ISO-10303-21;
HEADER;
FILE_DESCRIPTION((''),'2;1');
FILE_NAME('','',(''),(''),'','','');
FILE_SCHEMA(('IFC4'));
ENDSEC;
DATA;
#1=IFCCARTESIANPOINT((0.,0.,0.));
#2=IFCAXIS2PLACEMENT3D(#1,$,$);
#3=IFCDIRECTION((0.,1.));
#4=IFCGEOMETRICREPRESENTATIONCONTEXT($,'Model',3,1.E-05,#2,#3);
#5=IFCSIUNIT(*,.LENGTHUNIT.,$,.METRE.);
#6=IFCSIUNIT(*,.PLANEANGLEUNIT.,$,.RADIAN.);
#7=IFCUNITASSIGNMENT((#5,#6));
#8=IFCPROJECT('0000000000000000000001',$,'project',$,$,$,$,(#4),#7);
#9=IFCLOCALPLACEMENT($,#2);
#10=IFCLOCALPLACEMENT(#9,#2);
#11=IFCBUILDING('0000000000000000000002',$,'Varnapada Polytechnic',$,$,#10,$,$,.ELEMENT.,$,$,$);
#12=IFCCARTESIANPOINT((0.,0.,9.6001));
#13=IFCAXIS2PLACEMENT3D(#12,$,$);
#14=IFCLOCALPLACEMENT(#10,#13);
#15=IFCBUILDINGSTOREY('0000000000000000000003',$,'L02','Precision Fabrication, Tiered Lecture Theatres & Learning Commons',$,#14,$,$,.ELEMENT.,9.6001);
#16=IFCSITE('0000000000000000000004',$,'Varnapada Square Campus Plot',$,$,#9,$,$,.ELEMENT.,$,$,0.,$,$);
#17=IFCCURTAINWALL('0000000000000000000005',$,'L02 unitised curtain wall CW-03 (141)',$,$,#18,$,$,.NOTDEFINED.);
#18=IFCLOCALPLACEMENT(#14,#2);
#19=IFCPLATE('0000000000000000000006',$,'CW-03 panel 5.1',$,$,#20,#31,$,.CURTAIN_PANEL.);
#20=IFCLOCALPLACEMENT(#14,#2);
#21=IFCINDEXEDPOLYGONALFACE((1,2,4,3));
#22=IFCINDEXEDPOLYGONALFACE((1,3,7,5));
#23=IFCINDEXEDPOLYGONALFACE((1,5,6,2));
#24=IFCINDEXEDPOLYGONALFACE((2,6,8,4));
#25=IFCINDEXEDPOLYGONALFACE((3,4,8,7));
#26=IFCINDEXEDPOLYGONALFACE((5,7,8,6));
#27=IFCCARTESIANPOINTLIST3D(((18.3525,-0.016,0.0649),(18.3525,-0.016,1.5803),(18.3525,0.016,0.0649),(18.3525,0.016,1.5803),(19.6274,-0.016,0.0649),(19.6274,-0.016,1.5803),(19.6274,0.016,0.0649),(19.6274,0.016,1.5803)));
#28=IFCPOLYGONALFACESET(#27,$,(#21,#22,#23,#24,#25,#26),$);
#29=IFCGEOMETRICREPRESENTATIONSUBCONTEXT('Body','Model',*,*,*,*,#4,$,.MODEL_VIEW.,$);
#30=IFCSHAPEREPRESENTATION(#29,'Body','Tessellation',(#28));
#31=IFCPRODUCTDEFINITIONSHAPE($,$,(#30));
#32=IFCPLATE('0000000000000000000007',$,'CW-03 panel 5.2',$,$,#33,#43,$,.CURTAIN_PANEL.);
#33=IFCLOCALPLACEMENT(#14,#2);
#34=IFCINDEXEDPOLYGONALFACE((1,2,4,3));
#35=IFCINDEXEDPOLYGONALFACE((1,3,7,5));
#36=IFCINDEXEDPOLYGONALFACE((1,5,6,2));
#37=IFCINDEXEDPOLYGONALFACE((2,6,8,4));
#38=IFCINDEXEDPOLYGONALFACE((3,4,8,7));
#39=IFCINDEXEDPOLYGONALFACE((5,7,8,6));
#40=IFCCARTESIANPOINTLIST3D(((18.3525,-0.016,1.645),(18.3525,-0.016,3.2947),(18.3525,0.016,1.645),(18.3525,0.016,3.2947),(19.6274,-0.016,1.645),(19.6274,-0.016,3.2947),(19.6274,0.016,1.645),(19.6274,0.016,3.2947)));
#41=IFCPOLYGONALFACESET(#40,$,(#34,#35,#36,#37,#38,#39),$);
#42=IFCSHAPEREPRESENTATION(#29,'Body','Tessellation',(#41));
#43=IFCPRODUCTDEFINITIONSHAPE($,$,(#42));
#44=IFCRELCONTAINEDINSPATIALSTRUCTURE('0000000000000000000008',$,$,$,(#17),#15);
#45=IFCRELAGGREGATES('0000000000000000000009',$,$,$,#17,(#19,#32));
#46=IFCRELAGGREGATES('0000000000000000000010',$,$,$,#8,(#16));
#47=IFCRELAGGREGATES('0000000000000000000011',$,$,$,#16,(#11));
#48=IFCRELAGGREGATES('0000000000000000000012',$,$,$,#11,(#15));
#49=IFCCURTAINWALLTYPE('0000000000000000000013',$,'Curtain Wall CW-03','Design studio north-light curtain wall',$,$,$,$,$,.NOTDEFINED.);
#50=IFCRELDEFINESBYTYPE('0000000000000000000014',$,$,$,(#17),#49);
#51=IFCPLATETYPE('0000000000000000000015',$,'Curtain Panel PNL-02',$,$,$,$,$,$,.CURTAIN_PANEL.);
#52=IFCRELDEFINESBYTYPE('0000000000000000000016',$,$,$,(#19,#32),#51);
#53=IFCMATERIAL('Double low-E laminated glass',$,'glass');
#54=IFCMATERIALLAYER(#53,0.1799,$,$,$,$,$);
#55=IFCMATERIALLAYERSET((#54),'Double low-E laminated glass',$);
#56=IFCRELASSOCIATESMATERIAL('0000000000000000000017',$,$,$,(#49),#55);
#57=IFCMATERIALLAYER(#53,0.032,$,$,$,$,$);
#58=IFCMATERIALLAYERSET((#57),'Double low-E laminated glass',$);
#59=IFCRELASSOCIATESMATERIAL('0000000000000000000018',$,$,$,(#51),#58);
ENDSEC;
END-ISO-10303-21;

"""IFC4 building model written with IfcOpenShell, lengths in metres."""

from ifc_helpers import new_model, si_unit, direction, frame, origin, origin_2d, place, context, subcontext, project, spatial, rectangle, extrude, material, layer, layer_set, type_object, element, aggregate, save


model = new_model("IFC4")

# Units and contexts
model_context = context("Model", 3, precision=1e-05, world=origin(), true_north=direction((0.0, 1.0)))
body_context = subcontext(model_context, "Body", "Model", "MODEL_VIEW")
ifc_project = project(units=[si_unit("LENGTHUNIT", "METRE"), si_unit("PLANEANGLEUNIT", "RADIAN")], contexts=[model_context])

# Site, building, storey
site_placement = place(None, origin())
site = spatial("IfcSite", under=ifc_project, at=site_placement, Name="Varnapada Square Campus Plot", CompositionType="ELEMENT", RefElevation=0.0)
building_placement = place(site_placement, origin())
building = spatial("IfcBuilding", under=site, at=building_placement, Name="Varnapada Polytechnic", CompositionType="ELEMENT")
storey_placement = place(building_placement, frame((0.0, 0.0, 9.6001)))
storey = spatial("IfcBuildingStorey", under=building, at=storey_placement, Name="L02", Description="Precision Fabrication, Tiered Lecture Theatres & Learning Commons", CompositionType="ELEMENT", Elevation=9.6001)

# Curtain wall, plates
ifc_material_1 = material(Name="Double low-E laminated glass", Category="glass")
ifc_layer_1 = layer(ifc_material_1, 0.1799)
ifc_layer_set_1 = layer_set([ifc_layer_1], Name="Double low-E laminated glass")
curtain_wall_type = type_object("IfcCurtainWallType", Name="Curtain Wall CW-03", Description="Design studio north-light curtain wall", PredefinedType="NOTDEFINED", material=ifc_layer_set_1)
curtain_wall_placement = place(storey_placement, origin())
curtain_wall = element("IfcCurtainWall", 1, at=curtain_wall_placement, inside=storey, type_object=curtain_wall_type, Name="L02 unitised curtain wall CW-03 (141)", PredefinedType="NOTDEFINED")
ifc_layer_2 = layer(ifc_material_1, 0.032)
ifc_layer_set_2 = layer_set([ifc_layer_2], Name="Double low-E laminated glass")
plate_type = type_object("IfcPlateType", Name="Curtain Panel PNL-02", PredefinedType="CURTAIN_PANEL", material=ifc_layer_set_2)
plate_1_placement = place(storey_placement, frame((18.99, 0.0, 0.0649), z_axis=(0.0, 0.0, 1.0), x_axis=(-1.0, 0.0, 0.0)))
plate_1 = element("IfcPlate", 2, at=plate_1_placement, type_object=plate_type, Name="CW-03 panel 5.1", PredefinedType="CURTAIN_PANEL", context=body_context, shape_type="SweptSolid", body=[
    extrude(rectangle(XDim=1.2749, YDim=0.032, at=origin_2d()), origin(), (0.0, 0.0, 1.0), 1.5154),
])
plate_2_placement = place(storey_placement, frame((18.99, 0.0, 1.645), z_axis=(0.0, 0.0, 1.0), x_axis=(-1.0, 0.0, 0.0)))
plate_2 = element("IfcPlate", 3, at=plate_2_placement, type_object=plate_type, Name="CW-03 panel 5.2", PredefinedType="CURTAIN_PANEL", context=body_context, shape_type="SweptSolid", body=[
    extrude(rectangle(XDim=1.2749, YDim=0.032, at=origin_2d()), origin(), (0.0, 0.0, 1.0), 1.6497),
])
aggregate(curtain_wall, [plate_1, plate_2])

save(model, "model.ifc")
